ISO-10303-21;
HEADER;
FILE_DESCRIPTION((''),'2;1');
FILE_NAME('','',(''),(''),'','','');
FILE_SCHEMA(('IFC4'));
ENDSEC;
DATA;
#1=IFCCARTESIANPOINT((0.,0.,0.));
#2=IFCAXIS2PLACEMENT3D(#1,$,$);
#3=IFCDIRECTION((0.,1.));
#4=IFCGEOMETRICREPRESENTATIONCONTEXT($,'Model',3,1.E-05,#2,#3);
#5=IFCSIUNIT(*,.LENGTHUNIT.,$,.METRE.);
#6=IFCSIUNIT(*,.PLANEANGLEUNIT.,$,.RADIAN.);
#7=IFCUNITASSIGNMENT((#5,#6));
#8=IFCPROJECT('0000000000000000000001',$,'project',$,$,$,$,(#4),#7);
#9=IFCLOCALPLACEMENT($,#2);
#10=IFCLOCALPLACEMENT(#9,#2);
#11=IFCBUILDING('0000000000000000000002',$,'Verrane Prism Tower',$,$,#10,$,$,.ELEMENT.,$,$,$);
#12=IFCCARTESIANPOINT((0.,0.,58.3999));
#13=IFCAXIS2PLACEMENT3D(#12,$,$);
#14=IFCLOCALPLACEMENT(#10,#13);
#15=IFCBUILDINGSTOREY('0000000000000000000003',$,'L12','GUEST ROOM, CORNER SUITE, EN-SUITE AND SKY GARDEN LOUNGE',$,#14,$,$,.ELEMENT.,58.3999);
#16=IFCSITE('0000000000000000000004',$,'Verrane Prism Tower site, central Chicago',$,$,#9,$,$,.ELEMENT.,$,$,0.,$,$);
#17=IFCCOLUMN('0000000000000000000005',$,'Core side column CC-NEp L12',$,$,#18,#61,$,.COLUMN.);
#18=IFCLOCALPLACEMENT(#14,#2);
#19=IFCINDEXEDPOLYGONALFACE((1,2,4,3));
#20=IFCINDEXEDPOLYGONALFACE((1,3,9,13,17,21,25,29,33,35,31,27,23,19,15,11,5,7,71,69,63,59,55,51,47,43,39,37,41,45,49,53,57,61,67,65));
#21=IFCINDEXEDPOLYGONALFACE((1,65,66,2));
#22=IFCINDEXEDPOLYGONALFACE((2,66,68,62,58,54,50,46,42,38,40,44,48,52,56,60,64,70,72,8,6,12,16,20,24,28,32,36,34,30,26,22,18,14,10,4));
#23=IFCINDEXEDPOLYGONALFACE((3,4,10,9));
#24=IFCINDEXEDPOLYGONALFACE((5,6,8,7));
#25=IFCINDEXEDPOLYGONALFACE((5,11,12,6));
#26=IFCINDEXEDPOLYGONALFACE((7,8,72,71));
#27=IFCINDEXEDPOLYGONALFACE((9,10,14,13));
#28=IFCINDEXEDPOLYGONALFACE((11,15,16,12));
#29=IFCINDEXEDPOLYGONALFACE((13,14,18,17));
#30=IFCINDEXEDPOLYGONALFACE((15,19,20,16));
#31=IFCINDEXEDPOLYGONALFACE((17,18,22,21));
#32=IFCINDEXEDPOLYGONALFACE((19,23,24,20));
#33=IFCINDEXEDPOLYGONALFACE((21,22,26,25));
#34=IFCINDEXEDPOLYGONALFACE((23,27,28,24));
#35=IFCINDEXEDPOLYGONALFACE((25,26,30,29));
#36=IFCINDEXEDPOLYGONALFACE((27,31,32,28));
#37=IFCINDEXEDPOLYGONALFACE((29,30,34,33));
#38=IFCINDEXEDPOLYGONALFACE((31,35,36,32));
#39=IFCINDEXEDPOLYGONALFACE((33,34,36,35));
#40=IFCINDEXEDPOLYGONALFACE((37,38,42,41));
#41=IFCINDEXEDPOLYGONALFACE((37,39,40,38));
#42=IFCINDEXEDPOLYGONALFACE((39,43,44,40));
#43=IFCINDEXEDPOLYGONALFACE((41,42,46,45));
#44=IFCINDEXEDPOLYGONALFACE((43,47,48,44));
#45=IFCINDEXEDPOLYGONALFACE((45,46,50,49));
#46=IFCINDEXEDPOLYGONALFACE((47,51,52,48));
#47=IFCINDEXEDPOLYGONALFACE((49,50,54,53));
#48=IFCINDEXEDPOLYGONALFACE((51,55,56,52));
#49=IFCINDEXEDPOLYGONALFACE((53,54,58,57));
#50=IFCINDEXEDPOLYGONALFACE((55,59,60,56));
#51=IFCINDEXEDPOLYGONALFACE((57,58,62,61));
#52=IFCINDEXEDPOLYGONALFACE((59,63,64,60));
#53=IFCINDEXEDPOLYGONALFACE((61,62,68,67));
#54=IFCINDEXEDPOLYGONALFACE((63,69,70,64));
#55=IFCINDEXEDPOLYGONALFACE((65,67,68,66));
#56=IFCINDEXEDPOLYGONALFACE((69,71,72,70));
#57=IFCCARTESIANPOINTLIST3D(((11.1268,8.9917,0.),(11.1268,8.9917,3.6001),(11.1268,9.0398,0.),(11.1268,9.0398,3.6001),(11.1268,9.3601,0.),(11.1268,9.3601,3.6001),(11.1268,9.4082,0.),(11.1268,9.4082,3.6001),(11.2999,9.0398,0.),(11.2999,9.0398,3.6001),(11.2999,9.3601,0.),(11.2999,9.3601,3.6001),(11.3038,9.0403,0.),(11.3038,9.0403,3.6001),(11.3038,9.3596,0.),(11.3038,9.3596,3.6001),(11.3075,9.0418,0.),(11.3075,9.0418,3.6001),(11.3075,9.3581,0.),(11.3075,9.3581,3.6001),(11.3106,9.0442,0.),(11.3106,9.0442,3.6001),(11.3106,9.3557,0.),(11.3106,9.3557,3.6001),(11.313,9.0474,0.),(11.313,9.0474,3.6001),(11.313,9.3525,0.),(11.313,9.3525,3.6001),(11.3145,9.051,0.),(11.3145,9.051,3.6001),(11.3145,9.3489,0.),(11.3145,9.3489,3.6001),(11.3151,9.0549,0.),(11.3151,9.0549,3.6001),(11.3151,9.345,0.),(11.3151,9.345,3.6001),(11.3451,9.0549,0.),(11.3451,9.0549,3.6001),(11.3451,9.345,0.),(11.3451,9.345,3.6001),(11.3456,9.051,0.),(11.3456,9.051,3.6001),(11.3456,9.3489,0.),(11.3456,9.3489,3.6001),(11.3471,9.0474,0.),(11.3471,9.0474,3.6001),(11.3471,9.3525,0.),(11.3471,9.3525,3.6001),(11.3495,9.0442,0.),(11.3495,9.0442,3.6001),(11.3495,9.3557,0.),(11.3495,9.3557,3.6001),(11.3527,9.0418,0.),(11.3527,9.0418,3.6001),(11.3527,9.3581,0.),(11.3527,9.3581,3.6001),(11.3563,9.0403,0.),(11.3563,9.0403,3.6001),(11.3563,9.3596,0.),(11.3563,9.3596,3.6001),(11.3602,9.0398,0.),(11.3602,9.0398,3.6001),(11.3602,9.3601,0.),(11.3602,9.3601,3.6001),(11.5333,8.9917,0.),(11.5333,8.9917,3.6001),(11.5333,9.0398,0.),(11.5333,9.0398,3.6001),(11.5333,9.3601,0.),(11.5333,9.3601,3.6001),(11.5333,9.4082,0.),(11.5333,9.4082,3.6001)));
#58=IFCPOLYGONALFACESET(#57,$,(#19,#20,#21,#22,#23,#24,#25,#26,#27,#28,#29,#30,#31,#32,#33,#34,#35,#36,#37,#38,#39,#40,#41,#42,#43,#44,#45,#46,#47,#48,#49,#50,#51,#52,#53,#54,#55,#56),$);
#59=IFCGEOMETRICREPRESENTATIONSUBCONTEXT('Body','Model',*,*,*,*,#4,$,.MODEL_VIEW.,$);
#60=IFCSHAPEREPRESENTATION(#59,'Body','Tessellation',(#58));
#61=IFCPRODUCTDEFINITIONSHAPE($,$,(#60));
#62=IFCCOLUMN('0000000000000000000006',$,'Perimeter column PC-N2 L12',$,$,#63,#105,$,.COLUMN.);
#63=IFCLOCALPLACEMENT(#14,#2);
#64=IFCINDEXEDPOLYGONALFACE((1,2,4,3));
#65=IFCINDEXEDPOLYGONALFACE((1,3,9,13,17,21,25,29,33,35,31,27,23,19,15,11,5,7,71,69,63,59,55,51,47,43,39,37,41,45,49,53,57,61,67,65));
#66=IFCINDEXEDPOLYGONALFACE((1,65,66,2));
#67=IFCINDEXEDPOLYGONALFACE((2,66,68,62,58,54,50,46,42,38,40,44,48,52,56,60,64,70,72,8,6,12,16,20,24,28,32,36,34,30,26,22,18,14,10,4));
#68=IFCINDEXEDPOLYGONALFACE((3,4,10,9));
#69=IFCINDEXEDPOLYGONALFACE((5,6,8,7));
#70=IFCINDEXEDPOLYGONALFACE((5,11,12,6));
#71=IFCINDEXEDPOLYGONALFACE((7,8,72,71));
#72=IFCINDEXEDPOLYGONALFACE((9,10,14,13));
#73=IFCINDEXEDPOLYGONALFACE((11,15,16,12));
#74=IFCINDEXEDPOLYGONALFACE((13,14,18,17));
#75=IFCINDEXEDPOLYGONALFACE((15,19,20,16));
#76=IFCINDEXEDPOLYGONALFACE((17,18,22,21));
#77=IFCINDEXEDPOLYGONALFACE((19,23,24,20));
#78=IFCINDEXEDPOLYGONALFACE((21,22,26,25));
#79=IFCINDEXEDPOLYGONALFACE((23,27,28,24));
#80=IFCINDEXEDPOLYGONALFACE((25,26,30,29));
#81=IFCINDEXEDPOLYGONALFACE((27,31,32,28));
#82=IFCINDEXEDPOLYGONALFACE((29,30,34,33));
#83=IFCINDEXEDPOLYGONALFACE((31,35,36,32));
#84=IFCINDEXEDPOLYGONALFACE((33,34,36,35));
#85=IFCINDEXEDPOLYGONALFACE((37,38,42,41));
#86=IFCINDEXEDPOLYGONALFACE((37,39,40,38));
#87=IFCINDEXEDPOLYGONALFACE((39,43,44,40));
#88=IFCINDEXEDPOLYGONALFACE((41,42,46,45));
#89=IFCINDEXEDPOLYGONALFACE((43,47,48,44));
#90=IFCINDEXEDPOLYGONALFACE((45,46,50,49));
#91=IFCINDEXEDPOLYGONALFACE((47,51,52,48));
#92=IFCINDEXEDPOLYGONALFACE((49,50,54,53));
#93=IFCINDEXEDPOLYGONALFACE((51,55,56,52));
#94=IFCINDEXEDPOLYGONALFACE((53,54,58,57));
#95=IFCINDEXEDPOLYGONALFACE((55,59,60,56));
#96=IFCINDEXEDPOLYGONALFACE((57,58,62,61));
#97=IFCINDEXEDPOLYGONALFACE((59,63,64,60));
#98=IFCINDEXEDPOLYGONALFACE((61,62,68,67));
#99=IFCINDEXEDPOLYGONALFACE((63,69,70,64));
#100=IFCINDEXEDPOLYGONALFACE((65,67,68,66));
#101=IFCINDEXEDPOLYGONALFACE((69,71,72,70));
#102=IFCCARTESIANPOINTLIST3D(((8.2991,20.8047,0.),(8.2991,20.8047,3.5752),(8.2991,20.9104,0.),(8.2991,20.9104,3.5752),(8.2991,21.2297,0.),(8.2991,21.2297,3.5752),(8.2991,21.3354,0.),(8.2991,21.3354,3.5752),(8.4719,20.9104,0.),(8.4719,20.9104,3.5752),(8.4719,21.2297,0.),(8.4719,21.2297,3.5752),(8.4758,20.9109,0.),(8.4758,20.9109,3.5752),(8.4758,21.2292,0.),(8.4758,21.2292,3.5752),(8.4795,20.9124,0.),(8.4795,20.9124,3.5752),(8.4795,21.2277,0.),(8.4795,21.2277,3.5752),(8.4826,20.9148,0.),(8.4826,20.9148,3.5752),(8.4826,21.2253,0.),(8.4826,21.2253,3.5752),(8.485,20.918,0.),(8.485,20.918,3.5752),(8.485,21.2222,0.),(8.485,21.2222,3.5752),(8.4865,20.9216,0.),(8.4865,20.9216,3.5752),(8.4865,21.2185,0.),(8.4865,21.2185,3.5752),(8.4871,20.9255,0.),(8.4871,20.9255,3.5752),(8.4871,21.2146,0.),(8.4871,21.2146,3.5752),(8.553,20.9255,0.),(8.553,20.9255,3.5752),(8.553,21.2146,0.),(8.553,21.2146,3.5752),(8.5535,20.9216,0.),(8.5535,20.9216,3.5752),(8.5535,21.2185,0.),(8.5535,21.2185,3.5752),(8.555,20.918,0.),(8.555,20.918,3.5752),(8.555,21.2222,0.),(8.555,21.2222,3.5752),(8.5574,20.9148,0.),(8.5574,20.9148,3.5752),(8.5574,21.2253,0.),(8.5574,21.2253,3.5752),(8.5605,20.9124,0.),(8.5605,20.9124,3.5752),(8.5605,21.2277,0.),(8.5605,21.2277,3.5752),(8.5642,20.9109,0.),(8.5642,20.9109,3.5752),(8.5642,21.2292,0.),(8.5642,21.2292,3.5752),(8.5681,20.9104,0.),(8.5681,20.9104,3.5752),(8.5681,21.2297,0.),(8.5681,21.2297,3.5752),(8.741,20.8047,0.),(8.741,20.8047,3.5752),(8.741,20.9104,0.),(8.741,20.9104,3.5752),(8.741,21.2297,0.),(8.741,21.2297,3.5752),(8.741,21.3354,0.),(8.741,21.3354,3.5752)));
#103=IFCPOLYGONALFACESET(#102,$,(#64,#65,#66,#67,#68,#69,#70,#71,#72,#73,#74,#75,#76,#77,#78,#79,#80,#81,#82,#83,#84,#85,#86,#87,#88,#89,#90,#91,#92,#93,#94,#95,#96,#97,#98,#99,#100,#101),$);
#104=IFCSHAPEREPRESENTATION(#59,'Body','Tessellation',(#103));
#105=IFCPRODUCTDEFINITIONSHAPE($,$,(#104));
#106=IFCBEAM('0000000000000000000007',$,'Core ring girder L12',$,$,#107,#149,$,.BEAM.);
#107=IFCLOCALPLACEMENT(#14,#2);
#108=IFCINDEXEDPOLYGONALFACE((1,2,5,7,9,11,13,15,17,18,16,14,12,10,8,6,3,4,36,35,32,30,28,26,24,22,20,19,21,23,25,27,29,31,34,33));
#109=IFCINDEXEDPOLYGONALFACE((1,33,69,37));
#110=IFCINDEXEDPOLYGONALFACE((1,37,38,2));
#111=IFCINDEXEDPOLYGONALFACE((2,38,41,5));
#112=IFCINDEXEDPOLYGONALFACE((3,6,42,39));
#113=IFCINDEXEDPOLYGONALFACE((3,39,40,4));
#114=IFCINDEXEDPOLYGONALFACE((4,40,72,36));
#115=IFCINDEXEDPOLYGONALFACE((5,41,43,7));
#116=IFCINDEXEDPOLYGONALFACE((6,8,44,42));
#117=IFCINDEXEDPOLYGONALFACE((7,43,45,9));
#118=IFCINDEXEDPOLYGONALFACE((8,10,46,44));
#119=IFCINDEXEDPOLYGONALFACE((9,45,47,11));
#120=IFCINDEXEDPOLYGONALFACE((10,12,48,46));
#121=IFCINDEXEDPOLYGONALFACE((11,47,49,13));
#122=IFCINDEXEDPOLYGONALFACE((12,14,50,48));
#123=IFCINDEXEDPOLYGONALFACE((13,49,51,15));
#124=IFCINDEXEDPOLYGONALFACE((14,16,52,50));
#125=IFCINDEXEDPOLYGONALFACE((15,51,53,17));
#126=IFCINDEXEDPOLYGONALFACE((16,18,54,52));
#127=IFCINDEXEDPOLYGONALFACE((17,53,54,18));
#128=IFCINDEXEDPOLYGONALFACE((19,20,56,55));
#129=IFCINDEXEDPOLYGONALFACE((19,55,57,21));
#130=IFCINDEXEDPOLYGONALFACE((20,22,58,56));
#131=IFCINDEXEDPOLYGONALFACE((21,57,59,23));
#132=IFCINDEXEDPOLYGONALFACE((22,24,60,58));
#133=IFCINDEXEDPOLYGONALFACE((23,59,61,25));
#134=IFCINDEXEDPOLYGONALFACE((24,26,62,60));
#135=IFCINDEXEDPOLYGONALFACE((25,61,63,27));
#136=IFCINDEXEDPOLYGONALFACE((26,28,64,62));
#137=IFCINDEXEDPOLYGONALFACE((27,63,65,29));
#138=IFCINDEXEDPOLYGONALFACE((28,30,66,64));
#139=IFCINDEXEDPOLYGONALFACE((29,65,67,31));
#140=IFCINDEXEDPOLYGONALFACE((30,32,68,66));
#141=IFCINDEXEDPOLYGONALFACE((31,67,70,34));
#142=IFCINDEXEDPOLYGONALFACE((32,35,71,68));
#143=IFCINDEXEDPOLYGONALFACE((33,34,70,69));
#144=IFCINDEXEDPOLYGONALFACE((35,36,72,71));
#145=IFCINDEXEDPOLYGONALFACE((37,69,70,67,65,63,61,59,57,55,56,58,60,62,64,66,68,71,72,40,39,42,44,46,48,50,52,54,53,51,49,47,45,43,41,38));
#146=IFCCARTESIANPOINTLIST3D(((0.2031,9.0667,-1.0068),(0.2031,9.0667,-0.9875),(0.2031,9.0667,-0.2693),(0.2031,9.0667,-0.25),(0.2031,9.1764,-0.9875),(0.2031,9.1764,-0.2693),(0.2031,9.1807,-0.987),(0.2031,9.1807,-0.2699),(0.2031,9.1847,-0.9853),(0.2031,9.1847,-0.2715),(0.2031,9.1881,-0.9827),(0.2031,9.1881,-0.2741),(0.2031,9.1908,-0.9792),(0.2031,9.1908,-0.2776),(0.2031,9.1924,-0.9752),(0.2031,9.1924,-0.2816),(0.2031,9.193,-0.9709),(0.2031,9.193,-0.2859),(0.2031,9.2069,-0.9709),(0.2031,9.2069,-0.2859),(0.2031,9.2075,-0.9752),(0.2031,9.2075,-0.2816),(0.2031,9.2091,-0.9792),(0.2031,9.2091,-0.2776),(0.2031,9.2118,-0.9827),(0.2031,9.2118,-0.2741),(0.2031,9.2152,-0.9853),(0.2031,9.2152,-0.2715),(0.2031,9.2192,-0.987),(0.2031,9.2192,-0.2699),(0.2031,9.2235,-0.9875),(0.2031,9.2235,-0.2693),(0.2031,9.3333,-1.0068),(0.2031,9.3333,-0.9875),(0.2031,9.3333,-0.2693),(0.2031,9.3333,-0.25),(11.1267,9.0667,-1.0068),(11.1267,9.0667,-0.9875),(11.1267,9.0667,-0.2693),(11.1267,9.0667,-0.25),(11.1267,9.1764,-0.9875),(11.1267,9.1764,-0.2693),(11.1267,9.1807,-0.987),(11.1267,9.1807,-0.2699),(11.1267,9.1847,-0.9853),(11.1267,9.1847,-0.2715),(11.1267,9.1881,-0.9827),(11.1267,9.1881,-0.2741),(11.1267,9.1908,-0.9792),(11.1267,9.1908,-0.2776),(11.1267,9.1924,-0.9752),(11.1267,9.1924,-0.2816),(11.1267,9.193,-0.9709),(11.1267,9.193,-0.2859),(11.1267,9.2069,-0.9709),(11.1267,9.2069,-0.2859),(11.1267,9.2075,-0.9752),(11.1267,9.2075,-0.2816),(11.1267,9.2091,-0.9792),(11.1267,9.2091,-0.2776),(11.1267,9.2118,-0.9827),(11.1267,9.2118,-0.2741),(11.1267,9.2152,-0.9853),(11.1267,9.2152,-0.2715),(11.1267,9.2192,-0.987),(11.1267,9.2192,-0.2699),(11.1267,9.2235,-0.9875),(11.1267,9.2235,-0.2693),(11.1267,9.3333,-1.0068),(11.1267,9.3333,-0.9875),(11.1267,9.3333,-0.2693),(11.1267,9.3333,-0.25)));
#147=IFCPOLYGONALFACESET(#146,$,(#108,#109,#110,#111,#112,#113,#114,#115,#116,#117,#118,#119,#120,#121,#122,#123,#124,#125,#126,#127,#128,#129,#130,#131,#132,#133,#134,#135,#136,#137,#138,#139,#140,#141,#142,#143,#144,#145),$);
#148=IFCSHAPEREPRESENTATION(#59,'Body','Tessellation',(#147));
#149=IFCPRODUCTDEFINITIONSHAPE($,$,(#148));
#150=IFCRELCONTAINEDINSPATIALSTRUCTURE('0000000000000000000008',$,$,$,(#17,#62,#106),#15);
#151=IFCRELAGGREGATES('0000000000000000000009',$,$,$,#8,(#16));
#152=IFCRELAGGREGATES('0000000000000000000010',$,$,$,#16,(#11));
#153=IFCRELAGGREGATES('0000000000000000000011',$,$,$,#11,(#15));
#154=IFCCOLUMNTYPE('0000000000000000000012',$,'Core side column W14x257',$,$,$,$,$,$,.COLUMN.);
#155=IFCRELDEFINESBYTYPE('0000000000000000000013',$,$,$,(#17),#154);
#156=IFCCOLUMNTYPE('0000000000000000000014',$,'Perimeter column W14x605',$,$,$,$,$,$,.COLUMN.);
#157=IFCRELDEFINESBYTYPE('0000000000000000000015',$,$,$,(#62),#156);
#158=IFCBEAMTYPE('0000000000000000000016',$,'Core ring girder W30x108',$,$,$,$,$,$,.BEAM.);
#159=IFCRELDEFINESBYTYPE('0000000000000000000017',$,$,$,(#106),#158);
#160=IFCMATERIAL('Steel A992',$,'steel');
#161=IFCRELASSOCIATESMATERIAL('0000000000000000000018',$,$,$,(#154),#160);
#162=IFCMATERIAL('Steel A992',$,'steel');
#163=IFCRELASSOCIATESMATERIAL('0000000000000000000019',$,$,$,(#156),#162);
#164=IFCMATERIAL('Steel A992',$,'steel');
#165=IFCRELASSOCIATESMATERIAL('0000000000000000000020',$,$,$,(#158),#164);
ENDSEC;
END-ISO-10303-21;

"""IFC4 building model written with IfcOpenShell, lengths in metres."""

from ifc_helpers import new_model, si_unit, direction, frame, origin, origin_2d, place, context, subcontext, project, spatial, i_section, extrude, material, material_profile, profile_set, type_object, element, save


model = new_model("IFC4")

# Units and contexts
model_context = context("Model", 3, precision=1e-05, world=origin(), true_north=direction((0.0, 1.0)))
body_context = subcontext(model_context, "Body", "Model", "MODEL_VIEW")
ifc_project = project(units=[si_unit("LENGTHUNIT", "METRE"), si_unit("PLANEANGLEUNIT", "RADIAN")], contexts=[model_context])

# Site, building, storey
site_placement = place(None, origin())
site = spatial("IfcSite", under=ifc_project, at=site_placement, Name="Verrane Prism Tower site, central Chicago", CompositionType="ELEMENT", RefElevation=0.0)
building_placement = place(site_placement, origin())
building = spatial("IfcBuilding", under=site, at=building_placement, Name="Verrane Prism Tower", CompositionType="ELEMENT")
storey_placement = place(building_placement, frame((0.0, 0.0, 58.3999)))
storey = spatial("IfcBuildingStorey", under=building, at=storey_placement, Name="L12", Description="GUEST ROOM, CORNER SUITE, EN-SUITE AND SKY GARDEN LOUNGE", CompositionType="ELEMENT", Elevation=58.3999)

# Columns
ifc_material_1 = material(Name="Steel A992", Category="steel")
ifc_material_profile_1 = material_profile(ifc_material_1, i_section(OverallWidth=0.4065, OverallDepth=0.4165, WebThickness=0.03, FlangeThickness=0.0481, FilletRadius=0.0151, at=origin_2d()), Name="W14x257")
ifc_profile_set_1 = profile_set([ifc_material_profile_1], Name="Steel A992")
column_type_1 = type_object("IfcColumnType", Name="Core side column W14x257", PredefinedType="COLUMN", material=ifc_profile_set_1)
column_1_placement = place(storey_placement, frame((11.3301, 9.2, 0.0), z_axis=(0.0, 0.0, 1.0), x_axis=(1.0, 0.0, 0.0)))
element("IfcColumn", 1, at=column_1_placement, inside=storey, type_object=column_type_1, Name="Core side column CC-NEp L12", PredefinedType="COLUMN", context=body_context, shape_type="SweptSolid", body=[
    extrude(i_section(OverallWidth=0.4065, OverallDepth=0.4165, WebThickness=0.03, FlangeThickness=0.0481, FilletRadius=0.0151, at=origin_2d()), origin(), (0.0, 0.0, 1.0), 3.6001),
])
ifc_material_2 = material(Name="Steel A992", Category="steel")
ifc_material_profile_2 = material_profile(ifc_material_2, i_section(OverallWidth=0.4419, OverallDepth=0.5308, WebThickness=0.0659, FlangeThickness=0.1057, FilletRadius=0.0151, at=origin_2d()), Name="W14x605")
ifc_profile_set_2 = profile_set([ifc_material_profile_2], Name="Steel A992")
column_type_2 = type_object("IfcColumnType", Name="Perimeter column W14x605", PredefinedType="COLUMN", material=ifc_profile_set_2)
column_2_placement = place(storey_placement, frame((8.52, 21.0701, 0.0), z_axis=(0.0, 0.0, 1.0), x_axis=(1.0, 0.0, 0.0)))
element("IfcColumn", 2, at=column_2_placement, inside=storey, type_object=column_type_2, Name="Perimeter column PC-N2 L12", PredefinedType="COLUMN", context=body_context, shape_type="SweptSolid", body=[
    extrude(i_section(OverallWidth=0.4419, OverallDepth=0.5308, WebThickness=0.0659, FlangeThickness=0.1057, FilletRadius=0.0151, at=origin_2d()), origin(), (0.0, 0.0, 1.0), 3.5752),
])

# Beam
ifc_material_3 = material(Name="Steel A992", Category="steel")
ifc_material_profile_3 = material_profile(ifc_material_3, i_section(OverallWidth=0.2666, OverallDepth=0.7568, WebThickness=0.0139, FlangeThickness=0.0193, FilletRadius=0.0166, at=origin_2d()), Name="W30x108")
ifc_profile_set_3 = profile_set([ifc_material_profile_3], Name="Steel A992")
beam_type_1 = type_object("IfcBeamType", Name="Core ring girder W30x108", PredefinedType="BEAM", material=ifc_profile_set_3)
beam_1_placement = place(storey_placement, frame((11.1267, 9.2, -0.6284), z_axis=(-1.0, 0.0, 0.0), x_axis=(0.0, -1.0, 0.0)))
element("IfcBeam", 3, at=beam_1_placement, inside=storey, type_object=beam_type_1, Name="Core ring girder L12", PredefinedType="BEAM", context=body_context, shape_type="SweptSolid", body=[
    extrude(i_section(OverallWidth=0.2666, OverallDepth=0.7568, WebThickness=0.0139, FlangeThickness=0.0193, FilletRadius=0.0166, at=origin_2d()), origin(), (0.0, 0.0, 1.0), 10.9236),
])

save(model, "model.ifc")
